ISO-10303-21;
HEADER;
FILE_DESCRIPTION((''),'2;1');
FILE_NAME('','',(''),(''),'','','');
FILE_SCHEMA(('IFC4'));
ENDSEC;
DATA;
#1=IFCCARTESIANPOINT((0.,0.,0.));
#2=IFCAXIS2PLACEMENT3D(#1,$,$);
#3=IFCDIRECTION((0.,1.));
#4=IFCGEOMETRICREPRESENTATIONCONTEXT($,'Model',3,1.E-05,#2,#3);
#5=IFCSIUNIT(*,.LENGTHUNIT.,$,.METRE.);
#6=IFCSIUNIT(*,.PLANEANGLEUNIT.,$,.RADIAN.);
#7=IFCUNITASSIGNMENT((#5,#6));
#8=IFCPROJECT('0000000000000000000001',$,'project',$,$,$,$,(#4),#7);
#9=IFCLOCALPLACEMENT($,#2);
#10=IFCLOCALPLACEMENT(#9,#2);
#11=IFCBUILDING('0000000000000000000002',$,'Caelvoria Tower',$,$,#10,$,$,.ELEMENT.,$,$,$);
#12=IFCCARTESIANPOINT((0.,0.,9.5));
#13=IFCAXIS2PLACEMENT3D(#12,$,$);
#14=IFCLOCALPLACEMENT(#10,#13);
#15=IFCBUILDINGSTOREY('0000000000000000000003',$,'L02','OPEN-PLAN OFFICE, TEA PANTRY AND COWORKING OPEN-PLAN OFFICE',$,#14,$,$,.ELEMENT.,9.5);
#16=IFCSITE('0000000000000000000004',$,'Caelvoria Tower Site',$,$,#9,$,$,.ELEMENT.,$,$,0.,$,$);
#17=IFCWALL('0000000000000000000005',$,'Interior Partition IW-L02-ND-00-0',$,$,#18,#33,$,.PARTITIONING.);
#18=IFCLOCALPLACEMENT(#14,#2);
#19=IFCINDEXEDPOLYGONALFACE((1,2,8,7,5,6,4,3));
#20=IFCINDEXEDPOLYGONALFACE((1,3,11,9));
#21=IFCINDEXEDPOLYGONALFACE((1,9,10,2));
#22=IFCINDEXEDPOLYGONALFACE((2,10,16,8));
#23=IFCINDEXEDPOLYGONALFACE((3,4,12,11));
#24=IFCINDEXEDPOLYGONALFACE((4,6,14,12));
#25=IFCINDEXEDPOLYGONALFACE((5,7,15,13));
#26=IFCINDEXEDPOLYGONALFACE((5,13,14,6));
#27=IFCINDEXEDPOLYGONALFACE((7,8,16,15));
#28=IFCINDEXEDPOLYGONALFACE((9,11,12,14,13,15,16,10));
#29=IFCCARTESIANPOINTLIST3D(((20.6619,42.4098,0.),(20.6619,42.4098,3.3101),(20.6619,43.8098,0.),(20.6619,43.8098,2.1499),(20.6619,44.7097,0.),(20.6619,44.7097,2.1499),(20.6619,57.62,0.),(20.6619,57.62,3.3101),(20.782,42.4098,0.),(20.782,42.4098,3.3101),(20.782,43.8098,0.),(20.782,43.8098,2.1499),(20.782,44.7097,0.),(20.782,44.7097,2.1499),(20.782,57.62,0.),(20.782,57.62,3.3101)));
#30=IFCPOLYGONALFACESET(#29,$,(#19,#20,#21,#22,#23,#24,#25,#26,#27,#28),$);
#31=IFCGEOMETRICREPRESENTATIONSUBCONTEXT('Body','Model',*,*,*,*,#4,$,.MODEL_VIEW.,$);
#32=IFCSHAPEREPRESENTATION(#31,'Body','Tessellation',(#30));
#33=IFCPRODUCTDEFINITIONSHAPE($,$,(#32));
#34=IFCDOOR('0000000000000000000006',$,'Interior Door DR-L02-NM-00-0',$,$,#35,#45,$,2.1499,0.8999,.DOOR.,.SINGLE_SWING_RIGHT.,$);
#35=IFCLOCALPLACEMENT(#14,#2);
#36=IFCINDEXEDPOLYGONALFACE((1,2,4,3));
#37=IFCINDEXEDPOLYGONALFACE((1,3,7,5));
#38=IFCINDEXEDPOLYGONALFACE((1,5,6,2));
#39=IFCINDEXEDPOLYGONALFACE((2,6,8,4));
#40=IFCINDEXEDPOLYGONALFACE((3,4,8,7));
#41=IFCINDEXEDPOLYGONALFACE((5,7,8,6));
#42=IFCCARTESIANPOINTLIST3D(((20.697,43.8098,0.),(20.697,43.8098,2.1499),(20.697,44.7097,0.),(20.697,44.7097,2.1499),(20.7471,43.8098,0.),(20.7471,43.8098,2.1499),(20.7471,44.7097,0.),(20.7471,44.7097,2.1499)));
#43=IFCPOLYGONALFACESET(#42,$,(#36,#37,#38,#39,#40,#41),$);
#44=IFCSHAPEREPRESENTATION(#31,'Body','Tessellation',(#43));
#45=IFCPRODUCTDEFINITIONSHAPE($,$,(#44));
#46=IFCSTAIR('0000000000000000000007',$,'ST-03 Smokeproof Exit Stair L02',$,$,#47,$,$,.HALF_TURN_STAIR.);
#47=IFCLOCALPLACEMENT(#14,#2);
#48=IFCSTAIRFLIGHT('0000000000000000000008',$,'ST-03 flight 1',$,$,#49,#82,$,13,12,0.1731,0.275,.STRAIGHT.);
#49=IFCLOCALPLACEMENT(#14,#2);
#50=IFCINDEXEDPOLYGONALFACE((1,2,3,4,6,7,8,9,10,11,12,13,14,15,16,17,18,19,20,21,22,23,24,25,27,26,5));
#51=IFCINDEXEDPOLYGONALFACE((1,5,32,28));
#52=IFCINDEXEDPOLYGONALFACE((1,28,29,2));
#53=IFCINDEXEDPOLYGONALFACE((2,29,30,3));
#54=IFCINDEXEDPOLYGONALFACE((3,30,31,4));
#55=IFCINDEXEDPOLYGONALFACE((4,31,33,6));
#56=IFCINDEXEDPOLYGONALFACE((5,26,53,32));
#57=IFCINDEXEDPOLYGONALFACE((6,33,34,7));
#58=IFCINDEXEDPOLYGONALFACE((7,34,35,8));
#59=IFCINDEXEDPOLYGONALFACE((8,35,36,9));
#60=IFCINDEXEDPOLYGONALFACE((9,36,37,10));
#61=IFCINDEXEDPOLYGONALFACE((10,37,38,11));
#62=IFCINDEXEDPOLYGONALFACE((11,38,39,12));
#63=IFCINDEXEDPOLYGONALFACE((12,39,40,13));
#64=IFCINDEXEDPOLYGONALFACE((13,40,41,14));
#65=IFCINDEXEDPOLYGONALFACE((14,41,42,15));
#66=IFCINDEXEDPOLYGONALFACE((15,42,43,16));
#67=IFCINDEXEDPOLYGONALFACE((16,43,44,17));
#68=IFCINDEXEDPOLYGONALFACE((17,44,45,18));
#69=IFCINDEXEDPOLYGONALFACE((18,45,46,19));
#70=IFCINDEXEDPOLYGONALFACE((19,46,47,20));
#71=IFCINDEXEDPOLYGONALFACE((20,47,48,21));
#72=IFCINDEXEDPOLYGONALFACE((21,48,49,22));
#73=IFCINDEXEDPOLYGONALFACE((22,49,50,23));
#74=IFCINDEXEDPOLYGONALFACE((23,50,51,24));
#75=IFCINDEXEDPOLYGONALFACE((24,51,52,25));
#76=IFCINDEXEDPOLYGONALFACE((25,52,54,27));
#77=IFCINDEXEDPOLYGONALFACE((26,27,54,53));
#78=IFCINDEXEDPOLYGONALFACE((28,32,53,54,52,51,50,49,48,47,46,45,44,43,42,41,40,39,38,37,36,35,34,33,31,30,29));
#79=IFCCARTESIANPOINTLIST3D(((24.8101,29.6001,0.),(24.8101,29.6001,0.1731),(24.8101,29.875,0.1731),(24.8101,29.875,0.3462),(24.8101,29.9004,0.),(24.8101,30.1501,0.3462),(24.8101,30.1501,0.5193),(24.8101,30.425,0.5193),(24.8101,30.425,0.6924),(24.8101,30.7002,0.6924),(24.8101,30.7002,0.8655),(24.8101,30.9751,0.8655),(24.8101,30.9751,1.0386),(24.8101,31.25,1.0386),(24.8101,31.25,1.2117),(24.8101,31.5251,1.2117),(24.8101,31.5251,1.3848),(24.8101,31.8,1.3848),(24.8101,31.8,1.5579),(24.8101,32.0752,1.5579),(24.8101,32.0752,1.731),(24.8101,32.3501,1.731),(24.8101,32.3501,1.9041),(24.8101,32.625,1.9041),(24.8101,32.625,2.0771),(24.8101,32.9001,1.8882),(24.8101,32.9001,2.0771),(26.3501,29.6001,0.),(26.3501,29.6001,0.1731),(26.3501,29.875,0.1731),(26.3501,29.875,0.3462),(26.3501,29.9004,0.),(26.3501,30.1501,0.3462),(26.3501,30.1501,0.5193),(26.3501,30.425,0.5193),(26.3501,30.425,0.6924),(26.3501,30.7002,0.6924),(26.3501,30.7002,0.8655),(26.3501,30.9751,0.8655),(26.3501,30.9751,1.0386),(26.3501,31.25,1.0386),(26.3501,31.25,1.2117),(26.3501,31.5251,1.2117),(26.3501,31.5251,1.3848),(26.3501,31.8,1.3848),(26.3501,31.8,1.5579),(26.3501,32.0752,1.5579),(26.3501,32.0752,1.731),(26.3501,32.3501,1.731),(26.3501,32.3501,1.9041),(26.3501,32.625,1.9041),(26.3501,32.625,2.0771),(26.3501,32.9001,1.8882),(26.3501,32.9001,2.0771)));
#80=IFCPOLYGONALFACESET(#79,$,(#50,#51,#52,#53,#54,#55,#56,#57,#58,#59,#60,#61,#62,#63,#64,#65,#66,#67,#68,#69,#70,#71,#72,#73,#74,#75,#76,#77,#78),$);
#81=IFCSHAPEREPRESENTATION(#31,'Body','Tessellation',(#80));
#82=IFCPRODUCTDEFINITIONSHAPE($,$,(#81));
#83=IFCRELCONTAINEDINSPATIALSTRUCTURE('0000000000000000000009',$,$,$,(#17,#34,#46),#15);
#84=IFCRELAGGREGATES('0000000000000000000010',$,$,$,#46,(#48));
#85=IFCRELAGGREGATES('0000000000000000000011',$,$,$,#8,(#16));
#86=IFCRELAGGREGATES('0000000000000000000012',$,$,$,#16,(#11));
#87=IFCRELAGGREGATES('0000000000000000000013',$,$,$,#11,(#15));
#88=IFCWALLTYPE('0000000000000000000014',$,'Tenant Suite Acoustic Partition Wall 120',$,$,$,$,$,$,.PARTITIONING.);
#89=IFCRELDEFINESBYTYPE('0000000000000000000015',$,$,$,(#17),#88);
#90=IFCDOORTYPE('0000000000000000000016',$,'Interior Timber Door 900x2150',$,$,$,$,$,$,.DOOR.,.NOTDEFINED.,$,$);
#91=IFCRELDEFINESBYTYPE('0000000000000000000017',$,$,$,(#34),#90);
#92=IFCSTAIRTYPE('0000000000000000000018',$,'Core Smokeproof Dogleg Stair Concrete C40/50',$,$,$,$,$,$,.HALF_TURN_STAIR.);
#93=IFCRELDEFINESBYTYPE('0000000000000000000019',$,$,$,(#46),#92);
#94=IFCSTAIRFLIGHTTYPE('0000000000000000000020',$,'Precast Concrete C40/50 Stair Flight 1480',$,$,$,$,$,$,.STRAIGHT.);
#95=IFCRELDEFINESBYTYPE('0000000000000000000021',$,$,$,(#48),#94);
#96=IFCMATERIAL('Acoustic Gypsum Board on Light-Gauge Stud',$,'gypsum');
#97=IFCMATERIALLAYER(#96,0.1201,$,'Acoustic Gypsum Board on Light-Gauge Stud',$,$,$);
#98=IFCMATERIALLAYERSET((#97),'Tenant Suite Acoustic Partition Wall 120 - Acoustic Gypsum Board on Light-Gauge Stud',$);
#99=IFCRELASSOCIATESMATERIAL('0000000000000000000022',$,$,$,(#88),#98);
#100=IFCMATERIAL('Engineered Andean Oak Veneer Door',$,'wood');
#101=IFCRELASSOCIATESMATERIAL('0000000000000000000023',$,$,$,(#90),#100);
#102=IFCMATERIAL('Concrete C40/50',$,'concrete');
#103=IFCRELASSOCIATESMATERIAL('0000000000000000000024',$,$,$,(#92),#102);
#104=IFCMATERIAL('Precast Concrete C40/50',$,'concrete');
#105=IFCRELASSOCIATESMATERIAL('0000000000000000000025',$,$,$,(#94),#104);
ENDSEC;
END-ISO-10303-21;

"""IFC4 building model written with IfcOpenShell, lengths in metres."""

from ifc_helpers import new_model, si_unit, direction, frame, frame_2d, origin, place, context, subcontext, project, spatial, polyline, rectangle, outline, extrude, material, layer, layer_set, type_object, element, fill, aggregate, save


model = new_model("IFC4")

# Units and contexts
model_context = context("Model", 3, precision=1e-05, world=origin(), true_north=direction((0.0, 1.0)))
body_context = subcontext(model_context, "Body", "Model", "MODEL_VIEW")
ifc_project = project(units=[si_unit("LENGTHUNIT", "METRE"), si_unit("PLANEANGLEUNIT", "RADIAN")], contexts=[model_context])

# Site, building, storey
site_placement = place(None, origin())
site = spatial("IfcSite", under=ifc_project, at=site_placement, Name="Caelvoria Tower Site", CompositionType="ELEMENT", RefElevation=0.0)
building_placement = place(site_placement, origin())
building = spatial("IfcBuilding", under=site, at=building_placement, Name="Caelvoria Tower", CompositionType="ELEMENT")
storey_placement = place(building_placement, frame((0.0, 0.0, 9.5)))
storey = spatial("IfcBuildingStorey", under=building, at=storey_placement, Name="L02", Description="OPEN-PLAN OFFICE, TEA PANTRY AND COWORKING OPEN-PLAN OFFICE", CompositionType="ELEMENT", Elevation=9.5)

# Wall, opening, door
ifc_material_1 = material(Name="Acoustic Gypsum Board on Light-Gauge Stud", Category="gypsum")
ifc_layer_1 = layer(ifc_material_1, 0.1201, Name="Acoustic Gypsum Board on Light-Gauge Stud")
ifc_layer_set_1 = layer_set([ifc_layer_1], Name="Tenant Suite Acoustic Partition Wall 120 - Acoustic Gypsum Board on Light-Gauge Stud")
wall_type_1 = type_object("IfcWallType", Name="Tenant Suite Acoustic Partition Wall 120", PredefinedType="PARTITIONING", material=ifc_layer_set_1)
wall_1_placement = place(storey_placement, frame((20.7219, 42.4099, 0.0), z_axis=(0.0, 0.0, 1.0), x_axis=(0.0, 1.0, 0.0)))
wall_1 = element("IfcWall", 1, at=wall_1_placement, inside=storey, type_object=wall_type_1, Name="Interior Partition IW-L02-ND-00-0", PredefinedType="PARTITIONING", context=body_context, shape_type="SweptSolid", body=[
    extrude(rectangle(XDim=15.2102, YDim=0.1201, at=frame_2d((7.605, 0.0))), origin(), (0.0, 0.0, 1.0), 3.3101),
])
opening_1_placement = place(wall_1_placement, frame((1.3999, 0.0, 0.0)))
opening_1 = element("IfcOpeningElement", 2, at=opening_1_placement, cuts=wall_1, PredefinedType="OPENING", context=body_context, shape_type="SweptSolid", body=[
    extrude(rectangle(XDim=0.8999, YDim=2.1499, at=frame_2d((0.45, 1.075))), frame((0.0, 0.0701, 0.0), z_axis=(0.0, -1.0, 0.0), x_axis=(1.0, 0.0, 0.0)), (0.0, 0.0, 1.0), 0.1401),
])
ifc_material_2 = material(Name="Engineered Andean Oak Veneer Door", Category="wood")
door_type_1 = type_object("IfcDoorType", Name="Interior Timber Door 900x2150", OperationType="NOTDEFINED", PredefinedType="DOOR", material=ifc_material_2)
door_1_placement = place(opening_1_placement, origin())
door_1 = element("IfcDoor", 3, at=door_1_placement, inside=storey, type_object=door_type_1, Name="Interior Door DR-L02-NM-00-0", OperationType="SINGLE_SWING_RIGHT", OverallHeight=2.1499, OverallWidth=0.8999, PredefinedType="DOOR", context=body_context, shape_type="SweptSolid", body=[
    extrude(rectangle(XDim=0.8999, YDim=2.1499, at=frame_2d((0.45, 1.075))), frame((0.0, 0.0249, 0.0), z_axis=(0.0, -1.0, 0.0), x_axis=(1.0, 0.0, 0.0)), (0.0, 0.0, 1.0), 0.05),
])
fill(opening_1, door_1)

# Stair, stair flight
ifc_material_3 = material(Name="Concrete C40/50", Category="concrete")
stair_type = type_object("IfcStairType", Name="Core Smokeproof Dogleg Stair Concrete C40/50", PredefinedType="HALF_TURN_STAIR", material=ifc_material_3)
stair_placement = place(storey_placement, origin())
stair = element("IfcStair", 4, at=stair_placement, inside=storey, type_object=stair_type, Name="ST-03 Smokeproof Exit Stair L02", PredefinedType="HALF_TURN_STAIR")
ifc_material_4 = material(Name="Precast Concrete C40/50", Category="concrete")
stair_flight_type = type_object("IfcStairFlightType", Name="Precast Concrete C40/50 Stair Flight 1480", PredefinedType="STRAIGHT", material=ifc_material_4)
stair_flight_placement = place(storey_placement, frame((25.5801, 29.6001, 0.0), z_axis=(0.0, 0.0, 1.0), x_axis=(0.0, 1.0, 0.0)))
stair_flight = element("IfcStairFlight", 5, at=stair_flight_placement, type_object=stair_flight_type, Name="ST-03 flight 1", NumberOfRisers=13, NumberOfTreads=12, PredefinedType="STRAIGHT", RiserHeight=0.1731, TreadLength=0.275, context=body_context, shape_type="SweptSolid", body=[
    extrude(outline(polyline([(0.0, 0.0), (0.0, 0.1731), (0.2749, 0.1731), (0.2749, 0.3462), (0.55, 0.3462), (0.55, 0.5193), (0.825, 0.5193), (0.825, 0.6924), (1.1001, 0.6924), (1.1001, 0.8655), (1.375, 0.8655), (1.375, 1.0386), (1.6499, 1.0386), (1.6499, 1.2117), (1.925, 1.2117), (1.925, 1.3848), (2.2, 1.3848), (2.2, 1.5579), (2.4751, 1.5579), (2.4751, 1.731), (2.75, 1.731), (2.75, 1.9041), (3.0249, 1.9041), (3.0249, 2.0771), (3.3, 2.0771), (3.3, 2.2502), (3.3, 1.8882), (0.3003, 0.0), (0.0, 0.0)])), frame((0.0, 0.77, 0.0), z_axis=(0.0, -1.0, 0.0), x_axis=(1.0, 0.0, 0.0)), (0.0, 0.0, 1.0), 1.54),
])
aggregate(stair, [stair_flight])

save(model, "model.ifc")
